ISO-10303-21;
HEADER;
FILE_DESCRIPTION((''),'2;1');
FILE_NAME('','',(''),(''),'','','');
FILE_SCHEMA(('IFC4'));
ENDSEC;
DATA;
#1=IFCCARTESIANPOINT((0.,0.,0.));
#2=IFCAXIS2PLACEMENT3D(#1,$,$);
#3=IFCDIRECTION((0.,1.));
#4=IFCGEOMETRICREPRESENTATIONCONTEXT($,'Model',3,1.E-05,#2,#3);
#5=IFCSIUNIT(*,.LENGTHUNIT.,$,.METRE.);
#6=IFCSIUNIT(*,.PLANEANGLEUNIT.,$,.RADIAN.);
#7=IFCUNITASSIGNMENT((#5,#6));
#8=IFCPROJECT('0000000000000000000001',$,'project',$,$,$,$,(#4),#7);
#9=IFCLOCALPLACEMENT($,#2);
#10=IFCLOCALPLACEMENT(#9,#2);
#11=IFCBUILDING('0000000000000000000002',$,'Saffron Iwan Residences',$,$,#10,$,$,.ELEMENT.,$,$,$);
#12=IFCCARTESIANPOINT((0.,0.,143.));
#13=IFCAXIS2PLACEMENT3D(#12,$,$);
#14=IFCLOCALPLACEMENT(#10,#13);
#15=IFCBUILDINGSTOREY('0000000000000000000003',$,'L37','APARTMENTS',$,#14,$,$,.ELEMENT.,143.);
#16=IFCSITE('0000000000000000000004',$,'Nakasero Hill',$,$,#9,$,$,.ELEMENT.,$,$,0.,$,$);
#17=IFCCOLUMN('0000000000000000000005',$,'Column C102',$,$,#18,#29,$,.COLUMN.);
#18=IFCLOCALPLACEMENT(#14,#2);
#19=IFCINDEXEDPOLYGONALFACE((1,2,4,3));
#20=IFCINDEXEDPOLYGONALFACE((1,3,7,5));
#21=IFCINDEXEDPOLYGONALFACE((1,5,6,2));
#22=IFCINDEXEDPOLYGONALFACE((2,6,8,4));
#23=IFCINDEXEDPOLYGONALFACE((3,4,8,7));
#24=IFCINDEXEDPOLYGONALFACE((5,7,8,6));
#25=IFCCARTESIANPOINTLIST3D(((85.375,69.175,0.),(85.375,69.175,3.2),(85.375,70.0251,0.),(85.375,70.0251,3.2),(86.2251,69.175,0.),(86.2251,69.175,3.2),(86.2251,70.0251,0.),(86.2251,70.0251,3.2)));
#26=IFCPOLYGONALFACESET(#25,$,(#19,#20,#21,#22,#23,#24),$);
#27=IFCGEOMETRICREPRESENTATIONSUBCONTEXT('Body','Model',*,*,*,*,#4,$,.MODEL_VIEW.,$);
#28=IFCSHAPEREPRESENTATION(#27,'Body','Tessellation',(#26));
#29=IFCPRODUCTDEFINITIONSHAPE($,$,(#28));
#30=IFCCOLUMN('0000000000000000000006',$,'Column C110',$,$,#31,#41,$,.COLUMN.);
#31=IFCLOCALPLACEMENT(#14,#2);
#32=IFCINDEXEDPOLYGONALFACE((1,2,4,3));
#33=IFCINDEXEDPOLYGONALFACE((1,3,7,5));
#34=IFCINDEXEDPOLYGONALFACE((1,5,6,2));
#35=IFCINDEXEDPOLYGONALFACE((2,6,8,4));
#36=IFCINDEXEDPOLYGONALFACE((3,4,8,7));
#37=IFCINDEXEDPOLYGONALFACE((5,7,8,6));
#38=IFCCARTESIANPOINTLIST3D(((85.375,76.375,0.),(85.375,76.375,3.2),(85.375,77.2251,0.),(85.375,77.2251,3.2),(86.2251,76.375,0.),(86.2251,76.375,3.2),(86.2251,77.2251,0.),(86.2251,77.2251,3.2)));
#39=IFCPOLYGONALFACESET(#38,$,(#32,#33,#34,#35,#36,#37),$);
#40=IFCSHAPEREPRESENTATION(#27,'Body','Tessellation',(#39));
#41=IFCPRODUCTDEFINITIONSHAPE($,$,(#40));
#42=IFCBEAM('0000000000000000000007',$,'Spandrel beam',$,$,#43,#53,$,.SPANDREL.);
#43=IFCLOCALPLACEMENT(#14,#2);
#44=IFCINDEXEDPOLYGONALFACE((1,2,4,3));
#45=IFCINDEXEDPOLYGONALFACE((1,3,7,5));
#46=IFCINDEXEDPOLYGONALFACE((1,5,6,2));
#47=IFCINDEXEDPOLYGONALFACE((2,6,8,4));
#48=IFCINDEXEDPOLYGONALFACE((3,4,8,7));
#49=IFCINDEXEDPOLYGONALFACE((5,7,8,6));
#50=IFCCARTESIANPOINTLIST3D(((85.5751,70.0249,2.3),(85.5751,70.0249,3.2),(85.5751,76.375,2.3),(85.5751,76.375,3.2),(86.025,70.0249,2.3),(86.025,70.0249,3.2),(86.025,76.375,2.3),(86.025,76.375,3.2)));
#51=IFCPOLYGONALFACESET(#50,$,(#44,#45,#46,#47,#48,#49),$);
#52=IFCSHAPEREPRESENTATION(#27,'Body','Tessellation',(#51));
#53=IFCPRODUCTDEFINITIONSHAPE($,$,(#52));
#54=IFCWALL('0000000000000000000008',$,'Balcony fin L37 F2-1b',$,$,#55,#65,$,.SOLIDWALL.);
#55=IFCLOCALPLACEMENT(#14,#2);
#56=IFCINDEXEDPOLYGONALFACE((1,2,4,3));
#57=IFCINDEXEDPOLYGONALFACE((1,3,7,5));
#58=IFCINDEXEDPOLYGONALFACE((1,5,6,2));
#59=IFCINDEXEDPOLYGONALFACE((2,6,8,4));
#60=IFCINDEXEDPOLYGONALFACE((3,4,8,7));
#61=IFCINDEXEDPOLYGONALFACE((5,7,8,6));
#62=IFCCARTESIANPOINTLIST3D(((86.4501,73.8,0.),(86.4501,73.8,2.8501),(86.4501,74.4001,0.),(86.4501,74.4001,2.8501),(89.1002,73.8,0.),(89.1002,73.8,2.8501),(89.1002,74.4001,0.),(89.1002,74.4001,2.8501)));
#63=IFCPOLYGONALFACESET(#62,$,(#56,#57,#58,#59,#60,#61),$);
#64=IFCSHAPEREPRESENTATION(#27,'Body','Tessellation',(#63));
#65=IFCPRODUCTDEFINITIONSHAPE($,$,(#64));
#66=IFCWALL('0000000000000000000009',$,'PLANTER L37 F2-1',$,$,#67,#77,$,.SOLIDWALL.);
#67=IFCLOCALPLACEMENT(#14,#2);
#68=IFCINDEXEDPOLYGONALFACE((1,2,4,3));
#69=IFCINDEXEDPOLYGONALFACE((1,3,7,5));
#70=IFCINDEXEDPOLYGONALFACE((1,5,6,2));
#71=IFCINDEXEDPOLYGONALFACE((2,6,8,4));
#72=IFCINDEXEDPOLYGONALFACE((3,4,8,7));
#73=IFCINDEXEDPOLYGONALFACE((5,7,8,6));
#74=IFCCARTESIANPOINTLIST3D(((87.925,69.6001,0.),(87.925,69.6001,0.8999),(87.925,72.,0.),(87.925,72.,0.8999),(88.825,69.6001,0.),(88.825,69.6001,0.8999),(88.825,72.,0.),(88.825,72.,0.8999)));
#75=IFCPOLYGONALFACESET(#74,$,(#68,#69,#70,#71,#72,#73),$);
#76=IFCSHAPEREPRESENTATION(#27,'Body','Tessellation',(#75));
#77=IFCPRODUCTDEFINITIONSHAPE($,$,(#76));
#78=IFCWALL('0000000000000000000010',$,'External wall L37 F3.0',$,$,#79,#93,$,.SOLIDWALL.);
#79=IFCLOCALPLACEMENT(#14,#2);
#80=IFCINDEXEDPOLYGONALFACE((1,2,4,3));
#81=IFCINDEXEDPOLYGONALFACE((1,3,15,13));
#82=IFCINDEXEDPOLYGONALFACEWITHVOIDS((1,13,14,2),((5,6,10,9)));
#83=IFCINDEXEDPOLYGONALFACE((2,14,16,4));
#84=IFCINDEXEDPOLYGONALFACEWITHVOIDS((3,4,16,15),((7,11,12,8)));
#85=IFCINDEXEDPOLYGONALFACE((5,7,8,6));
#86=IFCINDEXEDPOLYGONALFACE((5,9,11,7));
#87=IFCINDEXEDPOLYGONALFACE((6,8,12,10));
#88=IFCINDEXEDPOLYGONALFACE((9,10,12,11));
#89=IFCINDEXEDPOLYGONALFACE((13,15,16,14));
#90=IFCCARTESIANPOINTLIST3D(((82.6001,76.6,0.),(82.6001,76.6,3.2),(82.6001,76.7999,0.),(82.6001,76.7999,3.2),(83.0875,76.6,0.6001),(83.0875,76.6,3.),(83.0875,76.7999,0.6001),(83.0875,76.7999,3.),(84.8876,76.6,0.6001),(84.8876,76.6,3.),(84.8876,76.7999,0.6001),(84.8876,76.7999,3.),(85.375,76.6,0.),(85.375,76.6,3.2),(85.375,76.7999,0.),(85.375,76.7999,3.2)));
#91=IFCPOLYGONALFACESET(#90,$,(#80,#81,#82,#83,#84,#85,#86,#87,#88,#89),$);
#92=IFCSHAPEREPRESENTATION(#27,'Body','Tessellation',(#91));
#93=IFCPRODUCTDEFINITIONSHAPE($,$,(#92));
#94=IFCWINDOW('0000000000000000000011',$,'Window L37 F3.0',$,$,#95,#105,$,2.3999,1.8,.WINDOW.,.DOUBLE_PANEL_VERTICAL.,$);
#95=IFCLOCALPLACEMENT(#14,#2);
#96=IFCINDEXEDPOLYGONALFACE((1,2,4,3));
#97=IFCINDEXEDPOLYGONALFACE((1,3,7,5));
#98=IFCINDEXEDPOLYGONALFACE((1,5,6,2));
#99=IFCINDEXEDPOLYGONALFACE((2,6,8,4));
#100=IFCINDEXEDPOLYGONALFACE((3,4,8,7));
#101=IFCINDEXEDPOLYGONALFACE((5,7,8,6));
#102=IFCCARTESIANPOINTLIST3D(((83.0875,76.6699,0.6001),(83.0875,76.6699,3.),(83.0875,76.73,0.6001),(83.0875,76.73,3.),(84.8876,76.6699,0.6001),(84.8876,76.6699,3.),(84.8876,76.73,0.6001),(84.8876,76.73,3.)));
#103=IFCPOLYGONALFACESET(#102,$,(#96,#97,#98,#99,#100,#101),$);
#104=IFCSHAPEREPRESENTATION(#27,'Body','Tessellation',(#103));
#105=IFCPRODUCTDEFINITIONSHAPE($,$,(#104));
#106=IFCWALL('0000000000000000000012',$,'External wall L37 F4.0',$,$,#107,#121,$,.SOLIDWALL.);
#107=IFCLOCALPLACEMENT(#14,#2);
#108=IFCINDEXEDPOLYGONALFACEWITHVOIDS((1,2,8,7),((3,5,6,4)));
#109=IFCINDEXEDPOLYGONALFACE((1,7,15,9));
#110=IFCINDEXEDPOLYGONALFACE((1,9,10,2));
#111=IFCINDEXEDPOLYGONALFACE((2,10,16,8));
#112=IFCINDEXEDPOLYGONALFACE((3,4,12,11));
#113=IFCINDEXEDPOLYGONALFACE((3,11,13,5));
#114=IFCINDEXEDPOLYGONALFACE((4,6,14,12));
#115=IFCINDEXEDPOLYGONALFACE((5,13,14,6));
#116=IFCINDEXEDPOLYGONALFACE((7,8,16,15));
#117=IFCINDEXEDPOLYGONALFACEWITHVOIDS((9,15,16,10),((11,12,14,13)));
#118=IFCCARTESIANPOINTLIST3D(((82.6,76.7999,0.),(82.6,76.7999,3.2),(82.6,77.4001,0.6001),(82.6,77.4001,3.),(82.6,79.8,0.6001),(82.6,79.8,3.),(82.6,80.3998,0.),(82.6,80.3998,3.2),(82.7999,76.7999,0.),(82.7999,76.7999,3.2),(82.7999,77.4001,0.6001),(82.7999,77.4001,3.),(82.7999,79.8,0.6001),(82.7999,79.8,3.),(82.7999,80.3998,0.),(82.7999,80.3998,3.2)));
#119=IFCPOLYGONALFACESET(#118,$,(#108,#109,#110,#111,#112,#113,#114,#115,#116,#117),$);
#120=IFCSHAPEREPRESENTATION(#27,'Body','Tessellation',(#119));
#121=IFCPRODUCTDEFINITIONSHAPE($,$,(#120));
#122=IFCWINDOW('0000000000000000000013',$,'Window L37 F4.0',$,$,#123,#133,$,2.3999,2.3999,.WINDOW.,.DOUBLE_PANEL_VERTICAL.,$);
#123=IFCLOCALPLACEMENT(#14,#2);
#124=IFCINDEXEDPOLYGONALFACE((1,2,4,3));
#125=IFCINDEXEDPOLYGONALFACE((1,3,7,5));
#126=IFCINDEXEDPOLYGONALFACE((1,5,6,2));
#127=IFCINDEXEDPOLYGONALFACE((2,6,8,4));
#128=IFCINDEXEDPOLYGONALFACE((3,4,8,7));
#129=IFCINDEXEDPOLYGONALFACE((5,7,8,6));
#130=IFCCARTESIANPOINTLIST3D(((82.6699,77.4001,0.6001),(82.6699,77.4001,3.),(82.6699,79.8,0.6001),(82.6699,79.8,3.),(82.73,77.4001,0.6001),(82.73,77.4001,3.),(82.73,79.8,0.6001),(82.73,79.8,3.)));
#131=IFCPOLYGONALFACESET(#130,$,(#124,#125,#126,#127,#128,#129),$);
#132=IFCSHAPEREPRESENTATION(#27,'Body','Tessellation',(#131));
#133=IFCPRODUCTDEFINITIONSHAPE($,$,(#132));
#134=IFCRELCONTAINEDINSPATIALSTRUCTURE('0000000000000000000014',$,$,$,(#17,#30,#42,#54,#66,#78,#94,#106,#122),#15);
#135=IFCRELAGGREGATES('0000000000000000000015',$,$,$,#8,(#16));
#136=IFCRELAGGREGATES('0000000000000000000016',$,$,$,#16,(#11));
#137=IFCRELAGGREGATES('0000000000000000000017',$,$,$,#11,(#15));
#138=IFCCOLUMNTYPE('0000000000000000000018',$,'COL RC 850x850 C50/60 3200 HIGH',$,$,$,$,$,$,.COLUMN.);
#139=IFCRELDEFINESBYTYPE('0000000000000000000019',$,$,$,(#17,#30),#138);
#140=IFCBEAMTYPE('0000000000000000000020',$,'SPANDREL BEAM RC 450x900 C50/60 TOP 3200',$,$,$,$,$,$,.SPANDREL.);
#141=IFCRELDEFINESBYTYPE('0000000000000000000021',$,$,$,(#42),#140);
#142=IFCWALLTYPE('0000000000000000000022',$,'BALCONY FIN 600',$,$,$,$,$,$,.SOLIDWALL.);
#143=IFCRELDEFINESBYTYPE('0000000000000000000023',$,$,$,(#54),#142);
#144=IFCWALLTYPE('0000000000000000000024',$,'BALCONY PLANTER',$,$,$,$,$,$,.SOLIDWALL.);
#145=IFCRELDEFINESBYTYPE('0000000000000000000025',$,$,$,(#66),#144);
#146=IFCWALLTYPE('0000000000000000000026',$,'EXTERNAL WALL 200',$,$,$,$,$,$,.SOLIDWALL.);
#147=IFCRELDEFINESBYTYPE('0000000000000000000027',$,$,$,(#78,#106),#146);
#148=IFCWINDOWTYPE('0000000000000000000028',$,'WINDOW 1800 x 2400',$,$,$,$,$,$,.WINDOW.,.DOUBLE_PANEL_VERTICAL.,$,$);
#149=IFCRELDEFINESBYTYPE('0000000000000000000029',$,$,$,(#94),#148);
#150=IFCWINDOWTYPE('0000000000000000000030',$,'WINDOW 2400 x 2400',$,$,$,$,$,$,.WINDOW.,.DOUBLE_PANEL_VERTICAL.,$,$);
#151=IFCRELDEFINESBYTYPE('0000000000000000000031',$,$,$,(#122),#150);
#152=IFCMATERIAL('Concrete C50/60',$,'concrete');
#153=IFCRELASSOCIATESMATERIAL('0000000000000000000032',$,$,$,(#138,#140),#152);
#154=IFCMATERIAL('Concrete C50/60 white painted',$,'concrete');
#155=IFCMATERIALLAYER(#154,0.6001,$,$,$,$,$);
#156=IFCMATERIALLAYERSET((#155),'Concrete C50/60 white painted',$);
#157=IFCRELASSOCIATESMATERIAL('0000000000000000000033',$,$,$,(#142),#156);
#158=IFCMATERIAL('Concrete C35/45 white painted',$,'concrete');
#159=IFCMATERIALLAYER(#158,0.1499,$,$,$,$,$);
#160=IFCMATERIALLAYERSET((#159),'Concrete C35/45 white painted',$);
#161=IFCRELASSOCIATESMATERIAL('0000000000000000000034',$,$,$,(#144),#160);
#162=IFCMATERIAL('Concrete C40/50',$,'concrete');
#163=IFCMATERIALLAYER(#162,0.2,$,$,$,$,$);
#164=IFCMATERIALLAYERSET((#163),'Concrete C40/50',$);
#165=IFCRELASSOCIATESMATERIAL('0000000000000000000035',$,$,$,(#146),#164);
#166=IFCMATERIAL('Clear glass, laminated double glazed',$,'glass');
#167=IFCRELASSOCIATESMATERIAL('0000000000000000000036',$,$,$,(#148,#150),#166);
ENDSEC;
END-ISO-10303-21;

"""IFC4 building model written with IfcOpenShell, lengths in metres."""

from ifc_helpers import new_model, si_unit, direction, frame, frame_2d, origin, origin_2d, place, context, subcontext, project, spatial, rectangle, extrude, source, transform, mapped, material, layer, layer_set, material_profile, profile_set, type_object, element, fill, save


model = new_model("IFC4")

# Units and contexts
model_context = context("Model", 3, precision=1e-05, world=origin(), true_north=direction((0.0, 1.0)))
body_context = subcontext(model_context, "Body", "Model", "MODEL_VIEW")
ifc_project = project(units=[si_unit("LENGTHUNIT", "METRE"), si_unit("PLANEANGLEUNIT", "RADIAN")], contexts=[model_context])

# Site, building, storey
site_placement = place(None, origin())
site = spatial("IfcSite", under=ifc_project, at=site_placement, Name="Nakasero Hill", CompositionType="ELEMENT", RefElevation=0.0)
building_placement = place(site_placement, origin())
building = spatial("IfcBuilding", under=site, at=building_placement, Name="Saffron Iwan Residences", CompositionType="ELEMENT")
storey_placement = place(building_placement, frame((0.0, 0.0, 143.0)))
storey = spatial("IfcBuildingStorey", under=building, at=storey_placement, Name="L37", Description="APARTMENTS", CompositionType="ELEMENT", Elevation=143.0)

# Columns
ifc_material_1 = material(Name="Concrete C50/60", Category="concrete")
ifc_material_profile_1 = material_profile(ifc_material_1, rectangle(XDim=0.8501, YDim=0.8501, at=origin_2d()), Name="RC 850x850")
ifc_profile_set_1 = profile_set([ifc_material_profile_1], Name="Concrete C50/60")
column_type = type_object("IfcColumnType", Name="COL RC 850x850 C50/60 3200 HIGH", PredefinedType="COLUMN", material=ifc_profile_set_1)
shared_shape_1 = source(origin(), body_context, "Body", "SweptSolid", [
    extrude(rectangle(XDim=0.8501, YDim=0.8501, at=origin_2d()), origin(), (0.0, 0.0, 1.0), 3.2),
])
for number, where, z_axis, x_axis, name in (
    (1, (85.8, 69.6001, 0.0), (0.0, 0.0, 1.0), (1.0, 0.0, 0.0), "Column C102"),
    (2, (85.8, 76.8, 0.0), (0.0, 0.0, 1.0), (1.0, 0.0, 0.0), "Column C110"),
):
    element("IfcColumn", number, at=place(storey_placement, frame(where, z_axis=z_axis, x_axis=x_axis)), inside=storey, type_object=column_type, Name=name, PredefinedType="COLUMN", context=body_context, shape_type="MappedRepresentation", body=[
        mapped(shared_shape_1, transform((0.0, 0.0, 0.0))),
    ])

# Beam
ifc_material_profile_2 = material_profile(ifc_material_1, rectangle(XDim=0.45, YDim=0.8999, at=origin_2d()), Name="RC 450x900")
ifc_profile_set_2 = profile_set([ifc_material_profile_2], Name="Concrete C50/60")
beam_type = type_object("IfcBeamType", Name="SPANDREL BEAM RC 450x900 C50/60 TOP 3200", PredefinedType="SPANDREL", material=ifc_profile_set_2)
shared_shape_2 = source(origin(), body_context, "Body", "SweptSolid", [
    extrude(rectangle(XDim=0.45, YDim=0.8999, at=origin_2d()), origin(), (0.0, 0.0, 1.0), 6.3501),
])
beam_placement = place(storey_placement, frame((85.8, 76.375, 2.75), z_axis=(0.0, -1.0, 0.0), x_axis=(1.0, 0.0, 0.0)))
element("IfcBeam", 3, at=beam_placement, inside=storey, type_object=beam_type, Name="Spandrel beam", PredefinedType="SPANDREL", context=body_context, shape_type="MappedRepresentation", body=[
    mapped(shared_shape_2, transform((0.0, 0.0, 0.0))),
])

# Walls
ifc_material_2 = material(Name="Concrete C50/60 white painted", Category="concrete")
ifc_layer_1 = layer(ifc_material_2, 0.6001)
ifc_layer_set_1 = layer_set([ifc_layer_1], Name="Concrete C50/60 white painted")
wall_type_1 = type_object("IfcWallType", Name="BALCONY FIN 600", PredefinedType="SOLIDWALL", material=ifc_layer_set_1)
wall_1_placement = place(storey_placement, frame((86.45, 74.1001, 0.0), z_axis=(0.0, 0.0, 1.0), x_axis=(1.0, 0.0, 0.0)))
element("IfcWall", 4, at=wall_1_placement, inside=storey, type_object=wall_type_1, Name="Balcony fin L37 F2-1b", PredefinedType="SOLIDWALL", context=body_context, shape_type="SweptSolid", body=[
    extrude(rectangle(XDim=2.6501, YDim=0.6001, at=frame_2d((1.3252, 0.0))), origin(), (0.0, 0.0, 1.0), 2.8501),
])
ifc_material_3 = material(Name="Concrete C35/45 white painted", Category="concrete")
ifc_layer_2 = layer(ifc_material_3, 0.1499)
ifc_layer_set_2 = layer_set([ifc_layer_2], Name="Concrete C35/45 white painted")
wall_type_2 = type_object("IfcWallType", Name="BALCONY PLANTER", PredefinedType="SOLIDWALL", material=ifc_layer_set_2)
wall_2_placement = place(storey_placement, frame((88.375, 69.6001, 0.0), z_axis=(0.0, 0.0, 1.0), x_axis=(0.0, 1.0, 0.0)))
element("IfcWall", 5, at=wall_2_placement, inside=storey, type_object=wall_type_2, Name="PLANTER L37 F2-1", PredefinedType="SOLIDWALL", context=body_context, shape_type="SweptSolid", body=[
    extrude(rectangle(XDim=2.3999, YDim=0.8999, at=frame_2d((1.2, 0.0))), origin(), (0.0, 0.0, 1.0), 0.8999),
])

# Walls, openings, windows
ifc_material_4 = material(Name="Concrete C40/50", Category="concrete")
ifc_layer_3 = layer(ifc_material_4, 0.2)
ifc_layer_set_3 = layer_set([ifc_layer_3], Name="Concrete C40/50")
wall_type_3 = type_object("IfcWallType", Name="EXTERNAL WALL 200", PredefinedType="SOLIDWALL", material=ifc_layer_set_3)
wall_3_placement = place(storey_placement, frame((85.375, 76.7, 0.0), z_axis=(0.0, 0.0, 1.0), x_axis=(-1.0, 0.0, 0.0)))
wall_3 = element("IfcWall", 6, at=wall_3_placement, inside=storey, type_object=wall_type_3, Name="External wall L37 F3.0", PredefinedType="SOLIDWALL", context=body_context, shape_type="SweptSolid", body=[
    extrude(rectangle(XDim=2.7749, YDim=0.2, at=frame_2d((1.3875, 0.0))), origin(), (0.0, 0.0, 1.0), 3.2),
])
opening_1_placement = place(wall_3_placement, frame((0.4875, 0.0, 0.6001)))
opening_1 = element("IfcOpeningElement", 7, at=opening_1_placement, cuts=wall_3, PredefinedType="OPENING", context=body_context, shape_type="SweptSolid", body=[
    extrude(rectangle(XDim=1.8, YDim=2.3999, at=frame_2d((0.8999, 1.2))), frame((0.0, 0.1099, 0.0), z_axis=(0.0, -1.0, 0.0), x_axis=(1.0, 0.0, 0.0)), (0.0, 0.0, 1.0), 0.22),
])
ifc_material_5 = material(Name="Clear glass, laminated double glazed", Category="glass")
window_type_1 = type_object("IfcWindowType", Name="WINDOW 1800 x 2400", PartitioningType="DOUBLE_PANEL_VERTICAL", PredefinedType="WINDOW", material=ifc_material_5)
window_1_placement = place(opening_1_placement, origin())
window_1 = element("IfcWindow", 8, at=window_1_placement, inside=storey, type_object=window_type_1, Name="Window L37 F3.0", OverallHeight=2.3999, OverallWidth=1.8, PartitioningType="DOUBLE_PANEL_VERTICAL", PredefinedType="WINDOW", context=body_context, shape_type="SweptSolid", body=[
    extrude(rectangle(XDim=1.8, YDim=2.3999, at=frame_2d((0.8999, 1.2))), frame((0.0, 0.03, 0.0), z_axis=(0.0, -1.0, 0.0), x_axis=(1.0, 0.0, 0.0)), (0.0, 0.0, 1.0), 0.0601),
])
fill(opening_1, window_1)
wall_4_placement = place(storey_placement, frame((82.7, 76.8, 0.0), z_axis=(0.0, 0.0, 1.0), x_axis=(0.0, 1.0, 0.0)))
wall_4 = element("IfcWall", 9, at=wall_4_placement, inside=storey, type_object=wall_type_3, Name="External wall L37 F4.0", PredefinedType="SOLIDWALL", context=body_context, shape_type="SweptSolid", body=[
    extrude(rectangle(XDim=3.5999, YDim=0.2, at=frame_2d((1.7998, 0.0))), origin(), (0.0, 0.0, 1.0), 3.2),
])
opening_2_placement = place(wall_4_placement, frame((0.6001, 0.0, 0.6001)))
opening_2 = element("IfcOpeningElement", 10, at=opening_2_placement, cuts=wall_4, PredefinedType="OPENING", context=body_context, shape_type="SweptSolid", body=[
    extrude(rectangle(XDim=2.3999, YDim=2.3999, at=frame_2d((1.2, 1.2))), frame((0.0, 0.1099, 0.0), z_axis=(0.0, -1.0, 0.0), x_axis=(1.0, 0.0, 0.0)), (0.0, 0.0, 1.0), 0.22),
])
window_type_2 = type_object("IfcWindowType", Name="WINDOW 2400 x 2400", PartitioningType="DOUBLE_PANEL_VERTICAL", PredefinedType="WINDOW", material=ifc_material_5)
window_2_placement = place(opening_2_placement, origin())
window_2 = element("IfcWindow", 11, at=window_2_placement, inside=storey, type_object=window_type_2, Name="Window L37 F4.0", OverallHeight=2.3999, OverallWidth=2.3999, PartitioningType="DOUBLE_PANEL_VERTICAL", PredefinedType="WINDOW", context=body_context, shape_type="SweptSolid", body=[
    extrude(rectangle(XDim=2.3999, YDim=2.3999, at=frame_2d((1.2, 1.2))), frame((0.0, 0.03, 0.0), z_axis=(0.0, -1.0, 0.0), x_axis=(1.0, 0.0, 0.0)), (0.0, 0.0, 1.0), 0.0601),
])
fill(opening_2, window_2)

save(model, "model.ifc")
